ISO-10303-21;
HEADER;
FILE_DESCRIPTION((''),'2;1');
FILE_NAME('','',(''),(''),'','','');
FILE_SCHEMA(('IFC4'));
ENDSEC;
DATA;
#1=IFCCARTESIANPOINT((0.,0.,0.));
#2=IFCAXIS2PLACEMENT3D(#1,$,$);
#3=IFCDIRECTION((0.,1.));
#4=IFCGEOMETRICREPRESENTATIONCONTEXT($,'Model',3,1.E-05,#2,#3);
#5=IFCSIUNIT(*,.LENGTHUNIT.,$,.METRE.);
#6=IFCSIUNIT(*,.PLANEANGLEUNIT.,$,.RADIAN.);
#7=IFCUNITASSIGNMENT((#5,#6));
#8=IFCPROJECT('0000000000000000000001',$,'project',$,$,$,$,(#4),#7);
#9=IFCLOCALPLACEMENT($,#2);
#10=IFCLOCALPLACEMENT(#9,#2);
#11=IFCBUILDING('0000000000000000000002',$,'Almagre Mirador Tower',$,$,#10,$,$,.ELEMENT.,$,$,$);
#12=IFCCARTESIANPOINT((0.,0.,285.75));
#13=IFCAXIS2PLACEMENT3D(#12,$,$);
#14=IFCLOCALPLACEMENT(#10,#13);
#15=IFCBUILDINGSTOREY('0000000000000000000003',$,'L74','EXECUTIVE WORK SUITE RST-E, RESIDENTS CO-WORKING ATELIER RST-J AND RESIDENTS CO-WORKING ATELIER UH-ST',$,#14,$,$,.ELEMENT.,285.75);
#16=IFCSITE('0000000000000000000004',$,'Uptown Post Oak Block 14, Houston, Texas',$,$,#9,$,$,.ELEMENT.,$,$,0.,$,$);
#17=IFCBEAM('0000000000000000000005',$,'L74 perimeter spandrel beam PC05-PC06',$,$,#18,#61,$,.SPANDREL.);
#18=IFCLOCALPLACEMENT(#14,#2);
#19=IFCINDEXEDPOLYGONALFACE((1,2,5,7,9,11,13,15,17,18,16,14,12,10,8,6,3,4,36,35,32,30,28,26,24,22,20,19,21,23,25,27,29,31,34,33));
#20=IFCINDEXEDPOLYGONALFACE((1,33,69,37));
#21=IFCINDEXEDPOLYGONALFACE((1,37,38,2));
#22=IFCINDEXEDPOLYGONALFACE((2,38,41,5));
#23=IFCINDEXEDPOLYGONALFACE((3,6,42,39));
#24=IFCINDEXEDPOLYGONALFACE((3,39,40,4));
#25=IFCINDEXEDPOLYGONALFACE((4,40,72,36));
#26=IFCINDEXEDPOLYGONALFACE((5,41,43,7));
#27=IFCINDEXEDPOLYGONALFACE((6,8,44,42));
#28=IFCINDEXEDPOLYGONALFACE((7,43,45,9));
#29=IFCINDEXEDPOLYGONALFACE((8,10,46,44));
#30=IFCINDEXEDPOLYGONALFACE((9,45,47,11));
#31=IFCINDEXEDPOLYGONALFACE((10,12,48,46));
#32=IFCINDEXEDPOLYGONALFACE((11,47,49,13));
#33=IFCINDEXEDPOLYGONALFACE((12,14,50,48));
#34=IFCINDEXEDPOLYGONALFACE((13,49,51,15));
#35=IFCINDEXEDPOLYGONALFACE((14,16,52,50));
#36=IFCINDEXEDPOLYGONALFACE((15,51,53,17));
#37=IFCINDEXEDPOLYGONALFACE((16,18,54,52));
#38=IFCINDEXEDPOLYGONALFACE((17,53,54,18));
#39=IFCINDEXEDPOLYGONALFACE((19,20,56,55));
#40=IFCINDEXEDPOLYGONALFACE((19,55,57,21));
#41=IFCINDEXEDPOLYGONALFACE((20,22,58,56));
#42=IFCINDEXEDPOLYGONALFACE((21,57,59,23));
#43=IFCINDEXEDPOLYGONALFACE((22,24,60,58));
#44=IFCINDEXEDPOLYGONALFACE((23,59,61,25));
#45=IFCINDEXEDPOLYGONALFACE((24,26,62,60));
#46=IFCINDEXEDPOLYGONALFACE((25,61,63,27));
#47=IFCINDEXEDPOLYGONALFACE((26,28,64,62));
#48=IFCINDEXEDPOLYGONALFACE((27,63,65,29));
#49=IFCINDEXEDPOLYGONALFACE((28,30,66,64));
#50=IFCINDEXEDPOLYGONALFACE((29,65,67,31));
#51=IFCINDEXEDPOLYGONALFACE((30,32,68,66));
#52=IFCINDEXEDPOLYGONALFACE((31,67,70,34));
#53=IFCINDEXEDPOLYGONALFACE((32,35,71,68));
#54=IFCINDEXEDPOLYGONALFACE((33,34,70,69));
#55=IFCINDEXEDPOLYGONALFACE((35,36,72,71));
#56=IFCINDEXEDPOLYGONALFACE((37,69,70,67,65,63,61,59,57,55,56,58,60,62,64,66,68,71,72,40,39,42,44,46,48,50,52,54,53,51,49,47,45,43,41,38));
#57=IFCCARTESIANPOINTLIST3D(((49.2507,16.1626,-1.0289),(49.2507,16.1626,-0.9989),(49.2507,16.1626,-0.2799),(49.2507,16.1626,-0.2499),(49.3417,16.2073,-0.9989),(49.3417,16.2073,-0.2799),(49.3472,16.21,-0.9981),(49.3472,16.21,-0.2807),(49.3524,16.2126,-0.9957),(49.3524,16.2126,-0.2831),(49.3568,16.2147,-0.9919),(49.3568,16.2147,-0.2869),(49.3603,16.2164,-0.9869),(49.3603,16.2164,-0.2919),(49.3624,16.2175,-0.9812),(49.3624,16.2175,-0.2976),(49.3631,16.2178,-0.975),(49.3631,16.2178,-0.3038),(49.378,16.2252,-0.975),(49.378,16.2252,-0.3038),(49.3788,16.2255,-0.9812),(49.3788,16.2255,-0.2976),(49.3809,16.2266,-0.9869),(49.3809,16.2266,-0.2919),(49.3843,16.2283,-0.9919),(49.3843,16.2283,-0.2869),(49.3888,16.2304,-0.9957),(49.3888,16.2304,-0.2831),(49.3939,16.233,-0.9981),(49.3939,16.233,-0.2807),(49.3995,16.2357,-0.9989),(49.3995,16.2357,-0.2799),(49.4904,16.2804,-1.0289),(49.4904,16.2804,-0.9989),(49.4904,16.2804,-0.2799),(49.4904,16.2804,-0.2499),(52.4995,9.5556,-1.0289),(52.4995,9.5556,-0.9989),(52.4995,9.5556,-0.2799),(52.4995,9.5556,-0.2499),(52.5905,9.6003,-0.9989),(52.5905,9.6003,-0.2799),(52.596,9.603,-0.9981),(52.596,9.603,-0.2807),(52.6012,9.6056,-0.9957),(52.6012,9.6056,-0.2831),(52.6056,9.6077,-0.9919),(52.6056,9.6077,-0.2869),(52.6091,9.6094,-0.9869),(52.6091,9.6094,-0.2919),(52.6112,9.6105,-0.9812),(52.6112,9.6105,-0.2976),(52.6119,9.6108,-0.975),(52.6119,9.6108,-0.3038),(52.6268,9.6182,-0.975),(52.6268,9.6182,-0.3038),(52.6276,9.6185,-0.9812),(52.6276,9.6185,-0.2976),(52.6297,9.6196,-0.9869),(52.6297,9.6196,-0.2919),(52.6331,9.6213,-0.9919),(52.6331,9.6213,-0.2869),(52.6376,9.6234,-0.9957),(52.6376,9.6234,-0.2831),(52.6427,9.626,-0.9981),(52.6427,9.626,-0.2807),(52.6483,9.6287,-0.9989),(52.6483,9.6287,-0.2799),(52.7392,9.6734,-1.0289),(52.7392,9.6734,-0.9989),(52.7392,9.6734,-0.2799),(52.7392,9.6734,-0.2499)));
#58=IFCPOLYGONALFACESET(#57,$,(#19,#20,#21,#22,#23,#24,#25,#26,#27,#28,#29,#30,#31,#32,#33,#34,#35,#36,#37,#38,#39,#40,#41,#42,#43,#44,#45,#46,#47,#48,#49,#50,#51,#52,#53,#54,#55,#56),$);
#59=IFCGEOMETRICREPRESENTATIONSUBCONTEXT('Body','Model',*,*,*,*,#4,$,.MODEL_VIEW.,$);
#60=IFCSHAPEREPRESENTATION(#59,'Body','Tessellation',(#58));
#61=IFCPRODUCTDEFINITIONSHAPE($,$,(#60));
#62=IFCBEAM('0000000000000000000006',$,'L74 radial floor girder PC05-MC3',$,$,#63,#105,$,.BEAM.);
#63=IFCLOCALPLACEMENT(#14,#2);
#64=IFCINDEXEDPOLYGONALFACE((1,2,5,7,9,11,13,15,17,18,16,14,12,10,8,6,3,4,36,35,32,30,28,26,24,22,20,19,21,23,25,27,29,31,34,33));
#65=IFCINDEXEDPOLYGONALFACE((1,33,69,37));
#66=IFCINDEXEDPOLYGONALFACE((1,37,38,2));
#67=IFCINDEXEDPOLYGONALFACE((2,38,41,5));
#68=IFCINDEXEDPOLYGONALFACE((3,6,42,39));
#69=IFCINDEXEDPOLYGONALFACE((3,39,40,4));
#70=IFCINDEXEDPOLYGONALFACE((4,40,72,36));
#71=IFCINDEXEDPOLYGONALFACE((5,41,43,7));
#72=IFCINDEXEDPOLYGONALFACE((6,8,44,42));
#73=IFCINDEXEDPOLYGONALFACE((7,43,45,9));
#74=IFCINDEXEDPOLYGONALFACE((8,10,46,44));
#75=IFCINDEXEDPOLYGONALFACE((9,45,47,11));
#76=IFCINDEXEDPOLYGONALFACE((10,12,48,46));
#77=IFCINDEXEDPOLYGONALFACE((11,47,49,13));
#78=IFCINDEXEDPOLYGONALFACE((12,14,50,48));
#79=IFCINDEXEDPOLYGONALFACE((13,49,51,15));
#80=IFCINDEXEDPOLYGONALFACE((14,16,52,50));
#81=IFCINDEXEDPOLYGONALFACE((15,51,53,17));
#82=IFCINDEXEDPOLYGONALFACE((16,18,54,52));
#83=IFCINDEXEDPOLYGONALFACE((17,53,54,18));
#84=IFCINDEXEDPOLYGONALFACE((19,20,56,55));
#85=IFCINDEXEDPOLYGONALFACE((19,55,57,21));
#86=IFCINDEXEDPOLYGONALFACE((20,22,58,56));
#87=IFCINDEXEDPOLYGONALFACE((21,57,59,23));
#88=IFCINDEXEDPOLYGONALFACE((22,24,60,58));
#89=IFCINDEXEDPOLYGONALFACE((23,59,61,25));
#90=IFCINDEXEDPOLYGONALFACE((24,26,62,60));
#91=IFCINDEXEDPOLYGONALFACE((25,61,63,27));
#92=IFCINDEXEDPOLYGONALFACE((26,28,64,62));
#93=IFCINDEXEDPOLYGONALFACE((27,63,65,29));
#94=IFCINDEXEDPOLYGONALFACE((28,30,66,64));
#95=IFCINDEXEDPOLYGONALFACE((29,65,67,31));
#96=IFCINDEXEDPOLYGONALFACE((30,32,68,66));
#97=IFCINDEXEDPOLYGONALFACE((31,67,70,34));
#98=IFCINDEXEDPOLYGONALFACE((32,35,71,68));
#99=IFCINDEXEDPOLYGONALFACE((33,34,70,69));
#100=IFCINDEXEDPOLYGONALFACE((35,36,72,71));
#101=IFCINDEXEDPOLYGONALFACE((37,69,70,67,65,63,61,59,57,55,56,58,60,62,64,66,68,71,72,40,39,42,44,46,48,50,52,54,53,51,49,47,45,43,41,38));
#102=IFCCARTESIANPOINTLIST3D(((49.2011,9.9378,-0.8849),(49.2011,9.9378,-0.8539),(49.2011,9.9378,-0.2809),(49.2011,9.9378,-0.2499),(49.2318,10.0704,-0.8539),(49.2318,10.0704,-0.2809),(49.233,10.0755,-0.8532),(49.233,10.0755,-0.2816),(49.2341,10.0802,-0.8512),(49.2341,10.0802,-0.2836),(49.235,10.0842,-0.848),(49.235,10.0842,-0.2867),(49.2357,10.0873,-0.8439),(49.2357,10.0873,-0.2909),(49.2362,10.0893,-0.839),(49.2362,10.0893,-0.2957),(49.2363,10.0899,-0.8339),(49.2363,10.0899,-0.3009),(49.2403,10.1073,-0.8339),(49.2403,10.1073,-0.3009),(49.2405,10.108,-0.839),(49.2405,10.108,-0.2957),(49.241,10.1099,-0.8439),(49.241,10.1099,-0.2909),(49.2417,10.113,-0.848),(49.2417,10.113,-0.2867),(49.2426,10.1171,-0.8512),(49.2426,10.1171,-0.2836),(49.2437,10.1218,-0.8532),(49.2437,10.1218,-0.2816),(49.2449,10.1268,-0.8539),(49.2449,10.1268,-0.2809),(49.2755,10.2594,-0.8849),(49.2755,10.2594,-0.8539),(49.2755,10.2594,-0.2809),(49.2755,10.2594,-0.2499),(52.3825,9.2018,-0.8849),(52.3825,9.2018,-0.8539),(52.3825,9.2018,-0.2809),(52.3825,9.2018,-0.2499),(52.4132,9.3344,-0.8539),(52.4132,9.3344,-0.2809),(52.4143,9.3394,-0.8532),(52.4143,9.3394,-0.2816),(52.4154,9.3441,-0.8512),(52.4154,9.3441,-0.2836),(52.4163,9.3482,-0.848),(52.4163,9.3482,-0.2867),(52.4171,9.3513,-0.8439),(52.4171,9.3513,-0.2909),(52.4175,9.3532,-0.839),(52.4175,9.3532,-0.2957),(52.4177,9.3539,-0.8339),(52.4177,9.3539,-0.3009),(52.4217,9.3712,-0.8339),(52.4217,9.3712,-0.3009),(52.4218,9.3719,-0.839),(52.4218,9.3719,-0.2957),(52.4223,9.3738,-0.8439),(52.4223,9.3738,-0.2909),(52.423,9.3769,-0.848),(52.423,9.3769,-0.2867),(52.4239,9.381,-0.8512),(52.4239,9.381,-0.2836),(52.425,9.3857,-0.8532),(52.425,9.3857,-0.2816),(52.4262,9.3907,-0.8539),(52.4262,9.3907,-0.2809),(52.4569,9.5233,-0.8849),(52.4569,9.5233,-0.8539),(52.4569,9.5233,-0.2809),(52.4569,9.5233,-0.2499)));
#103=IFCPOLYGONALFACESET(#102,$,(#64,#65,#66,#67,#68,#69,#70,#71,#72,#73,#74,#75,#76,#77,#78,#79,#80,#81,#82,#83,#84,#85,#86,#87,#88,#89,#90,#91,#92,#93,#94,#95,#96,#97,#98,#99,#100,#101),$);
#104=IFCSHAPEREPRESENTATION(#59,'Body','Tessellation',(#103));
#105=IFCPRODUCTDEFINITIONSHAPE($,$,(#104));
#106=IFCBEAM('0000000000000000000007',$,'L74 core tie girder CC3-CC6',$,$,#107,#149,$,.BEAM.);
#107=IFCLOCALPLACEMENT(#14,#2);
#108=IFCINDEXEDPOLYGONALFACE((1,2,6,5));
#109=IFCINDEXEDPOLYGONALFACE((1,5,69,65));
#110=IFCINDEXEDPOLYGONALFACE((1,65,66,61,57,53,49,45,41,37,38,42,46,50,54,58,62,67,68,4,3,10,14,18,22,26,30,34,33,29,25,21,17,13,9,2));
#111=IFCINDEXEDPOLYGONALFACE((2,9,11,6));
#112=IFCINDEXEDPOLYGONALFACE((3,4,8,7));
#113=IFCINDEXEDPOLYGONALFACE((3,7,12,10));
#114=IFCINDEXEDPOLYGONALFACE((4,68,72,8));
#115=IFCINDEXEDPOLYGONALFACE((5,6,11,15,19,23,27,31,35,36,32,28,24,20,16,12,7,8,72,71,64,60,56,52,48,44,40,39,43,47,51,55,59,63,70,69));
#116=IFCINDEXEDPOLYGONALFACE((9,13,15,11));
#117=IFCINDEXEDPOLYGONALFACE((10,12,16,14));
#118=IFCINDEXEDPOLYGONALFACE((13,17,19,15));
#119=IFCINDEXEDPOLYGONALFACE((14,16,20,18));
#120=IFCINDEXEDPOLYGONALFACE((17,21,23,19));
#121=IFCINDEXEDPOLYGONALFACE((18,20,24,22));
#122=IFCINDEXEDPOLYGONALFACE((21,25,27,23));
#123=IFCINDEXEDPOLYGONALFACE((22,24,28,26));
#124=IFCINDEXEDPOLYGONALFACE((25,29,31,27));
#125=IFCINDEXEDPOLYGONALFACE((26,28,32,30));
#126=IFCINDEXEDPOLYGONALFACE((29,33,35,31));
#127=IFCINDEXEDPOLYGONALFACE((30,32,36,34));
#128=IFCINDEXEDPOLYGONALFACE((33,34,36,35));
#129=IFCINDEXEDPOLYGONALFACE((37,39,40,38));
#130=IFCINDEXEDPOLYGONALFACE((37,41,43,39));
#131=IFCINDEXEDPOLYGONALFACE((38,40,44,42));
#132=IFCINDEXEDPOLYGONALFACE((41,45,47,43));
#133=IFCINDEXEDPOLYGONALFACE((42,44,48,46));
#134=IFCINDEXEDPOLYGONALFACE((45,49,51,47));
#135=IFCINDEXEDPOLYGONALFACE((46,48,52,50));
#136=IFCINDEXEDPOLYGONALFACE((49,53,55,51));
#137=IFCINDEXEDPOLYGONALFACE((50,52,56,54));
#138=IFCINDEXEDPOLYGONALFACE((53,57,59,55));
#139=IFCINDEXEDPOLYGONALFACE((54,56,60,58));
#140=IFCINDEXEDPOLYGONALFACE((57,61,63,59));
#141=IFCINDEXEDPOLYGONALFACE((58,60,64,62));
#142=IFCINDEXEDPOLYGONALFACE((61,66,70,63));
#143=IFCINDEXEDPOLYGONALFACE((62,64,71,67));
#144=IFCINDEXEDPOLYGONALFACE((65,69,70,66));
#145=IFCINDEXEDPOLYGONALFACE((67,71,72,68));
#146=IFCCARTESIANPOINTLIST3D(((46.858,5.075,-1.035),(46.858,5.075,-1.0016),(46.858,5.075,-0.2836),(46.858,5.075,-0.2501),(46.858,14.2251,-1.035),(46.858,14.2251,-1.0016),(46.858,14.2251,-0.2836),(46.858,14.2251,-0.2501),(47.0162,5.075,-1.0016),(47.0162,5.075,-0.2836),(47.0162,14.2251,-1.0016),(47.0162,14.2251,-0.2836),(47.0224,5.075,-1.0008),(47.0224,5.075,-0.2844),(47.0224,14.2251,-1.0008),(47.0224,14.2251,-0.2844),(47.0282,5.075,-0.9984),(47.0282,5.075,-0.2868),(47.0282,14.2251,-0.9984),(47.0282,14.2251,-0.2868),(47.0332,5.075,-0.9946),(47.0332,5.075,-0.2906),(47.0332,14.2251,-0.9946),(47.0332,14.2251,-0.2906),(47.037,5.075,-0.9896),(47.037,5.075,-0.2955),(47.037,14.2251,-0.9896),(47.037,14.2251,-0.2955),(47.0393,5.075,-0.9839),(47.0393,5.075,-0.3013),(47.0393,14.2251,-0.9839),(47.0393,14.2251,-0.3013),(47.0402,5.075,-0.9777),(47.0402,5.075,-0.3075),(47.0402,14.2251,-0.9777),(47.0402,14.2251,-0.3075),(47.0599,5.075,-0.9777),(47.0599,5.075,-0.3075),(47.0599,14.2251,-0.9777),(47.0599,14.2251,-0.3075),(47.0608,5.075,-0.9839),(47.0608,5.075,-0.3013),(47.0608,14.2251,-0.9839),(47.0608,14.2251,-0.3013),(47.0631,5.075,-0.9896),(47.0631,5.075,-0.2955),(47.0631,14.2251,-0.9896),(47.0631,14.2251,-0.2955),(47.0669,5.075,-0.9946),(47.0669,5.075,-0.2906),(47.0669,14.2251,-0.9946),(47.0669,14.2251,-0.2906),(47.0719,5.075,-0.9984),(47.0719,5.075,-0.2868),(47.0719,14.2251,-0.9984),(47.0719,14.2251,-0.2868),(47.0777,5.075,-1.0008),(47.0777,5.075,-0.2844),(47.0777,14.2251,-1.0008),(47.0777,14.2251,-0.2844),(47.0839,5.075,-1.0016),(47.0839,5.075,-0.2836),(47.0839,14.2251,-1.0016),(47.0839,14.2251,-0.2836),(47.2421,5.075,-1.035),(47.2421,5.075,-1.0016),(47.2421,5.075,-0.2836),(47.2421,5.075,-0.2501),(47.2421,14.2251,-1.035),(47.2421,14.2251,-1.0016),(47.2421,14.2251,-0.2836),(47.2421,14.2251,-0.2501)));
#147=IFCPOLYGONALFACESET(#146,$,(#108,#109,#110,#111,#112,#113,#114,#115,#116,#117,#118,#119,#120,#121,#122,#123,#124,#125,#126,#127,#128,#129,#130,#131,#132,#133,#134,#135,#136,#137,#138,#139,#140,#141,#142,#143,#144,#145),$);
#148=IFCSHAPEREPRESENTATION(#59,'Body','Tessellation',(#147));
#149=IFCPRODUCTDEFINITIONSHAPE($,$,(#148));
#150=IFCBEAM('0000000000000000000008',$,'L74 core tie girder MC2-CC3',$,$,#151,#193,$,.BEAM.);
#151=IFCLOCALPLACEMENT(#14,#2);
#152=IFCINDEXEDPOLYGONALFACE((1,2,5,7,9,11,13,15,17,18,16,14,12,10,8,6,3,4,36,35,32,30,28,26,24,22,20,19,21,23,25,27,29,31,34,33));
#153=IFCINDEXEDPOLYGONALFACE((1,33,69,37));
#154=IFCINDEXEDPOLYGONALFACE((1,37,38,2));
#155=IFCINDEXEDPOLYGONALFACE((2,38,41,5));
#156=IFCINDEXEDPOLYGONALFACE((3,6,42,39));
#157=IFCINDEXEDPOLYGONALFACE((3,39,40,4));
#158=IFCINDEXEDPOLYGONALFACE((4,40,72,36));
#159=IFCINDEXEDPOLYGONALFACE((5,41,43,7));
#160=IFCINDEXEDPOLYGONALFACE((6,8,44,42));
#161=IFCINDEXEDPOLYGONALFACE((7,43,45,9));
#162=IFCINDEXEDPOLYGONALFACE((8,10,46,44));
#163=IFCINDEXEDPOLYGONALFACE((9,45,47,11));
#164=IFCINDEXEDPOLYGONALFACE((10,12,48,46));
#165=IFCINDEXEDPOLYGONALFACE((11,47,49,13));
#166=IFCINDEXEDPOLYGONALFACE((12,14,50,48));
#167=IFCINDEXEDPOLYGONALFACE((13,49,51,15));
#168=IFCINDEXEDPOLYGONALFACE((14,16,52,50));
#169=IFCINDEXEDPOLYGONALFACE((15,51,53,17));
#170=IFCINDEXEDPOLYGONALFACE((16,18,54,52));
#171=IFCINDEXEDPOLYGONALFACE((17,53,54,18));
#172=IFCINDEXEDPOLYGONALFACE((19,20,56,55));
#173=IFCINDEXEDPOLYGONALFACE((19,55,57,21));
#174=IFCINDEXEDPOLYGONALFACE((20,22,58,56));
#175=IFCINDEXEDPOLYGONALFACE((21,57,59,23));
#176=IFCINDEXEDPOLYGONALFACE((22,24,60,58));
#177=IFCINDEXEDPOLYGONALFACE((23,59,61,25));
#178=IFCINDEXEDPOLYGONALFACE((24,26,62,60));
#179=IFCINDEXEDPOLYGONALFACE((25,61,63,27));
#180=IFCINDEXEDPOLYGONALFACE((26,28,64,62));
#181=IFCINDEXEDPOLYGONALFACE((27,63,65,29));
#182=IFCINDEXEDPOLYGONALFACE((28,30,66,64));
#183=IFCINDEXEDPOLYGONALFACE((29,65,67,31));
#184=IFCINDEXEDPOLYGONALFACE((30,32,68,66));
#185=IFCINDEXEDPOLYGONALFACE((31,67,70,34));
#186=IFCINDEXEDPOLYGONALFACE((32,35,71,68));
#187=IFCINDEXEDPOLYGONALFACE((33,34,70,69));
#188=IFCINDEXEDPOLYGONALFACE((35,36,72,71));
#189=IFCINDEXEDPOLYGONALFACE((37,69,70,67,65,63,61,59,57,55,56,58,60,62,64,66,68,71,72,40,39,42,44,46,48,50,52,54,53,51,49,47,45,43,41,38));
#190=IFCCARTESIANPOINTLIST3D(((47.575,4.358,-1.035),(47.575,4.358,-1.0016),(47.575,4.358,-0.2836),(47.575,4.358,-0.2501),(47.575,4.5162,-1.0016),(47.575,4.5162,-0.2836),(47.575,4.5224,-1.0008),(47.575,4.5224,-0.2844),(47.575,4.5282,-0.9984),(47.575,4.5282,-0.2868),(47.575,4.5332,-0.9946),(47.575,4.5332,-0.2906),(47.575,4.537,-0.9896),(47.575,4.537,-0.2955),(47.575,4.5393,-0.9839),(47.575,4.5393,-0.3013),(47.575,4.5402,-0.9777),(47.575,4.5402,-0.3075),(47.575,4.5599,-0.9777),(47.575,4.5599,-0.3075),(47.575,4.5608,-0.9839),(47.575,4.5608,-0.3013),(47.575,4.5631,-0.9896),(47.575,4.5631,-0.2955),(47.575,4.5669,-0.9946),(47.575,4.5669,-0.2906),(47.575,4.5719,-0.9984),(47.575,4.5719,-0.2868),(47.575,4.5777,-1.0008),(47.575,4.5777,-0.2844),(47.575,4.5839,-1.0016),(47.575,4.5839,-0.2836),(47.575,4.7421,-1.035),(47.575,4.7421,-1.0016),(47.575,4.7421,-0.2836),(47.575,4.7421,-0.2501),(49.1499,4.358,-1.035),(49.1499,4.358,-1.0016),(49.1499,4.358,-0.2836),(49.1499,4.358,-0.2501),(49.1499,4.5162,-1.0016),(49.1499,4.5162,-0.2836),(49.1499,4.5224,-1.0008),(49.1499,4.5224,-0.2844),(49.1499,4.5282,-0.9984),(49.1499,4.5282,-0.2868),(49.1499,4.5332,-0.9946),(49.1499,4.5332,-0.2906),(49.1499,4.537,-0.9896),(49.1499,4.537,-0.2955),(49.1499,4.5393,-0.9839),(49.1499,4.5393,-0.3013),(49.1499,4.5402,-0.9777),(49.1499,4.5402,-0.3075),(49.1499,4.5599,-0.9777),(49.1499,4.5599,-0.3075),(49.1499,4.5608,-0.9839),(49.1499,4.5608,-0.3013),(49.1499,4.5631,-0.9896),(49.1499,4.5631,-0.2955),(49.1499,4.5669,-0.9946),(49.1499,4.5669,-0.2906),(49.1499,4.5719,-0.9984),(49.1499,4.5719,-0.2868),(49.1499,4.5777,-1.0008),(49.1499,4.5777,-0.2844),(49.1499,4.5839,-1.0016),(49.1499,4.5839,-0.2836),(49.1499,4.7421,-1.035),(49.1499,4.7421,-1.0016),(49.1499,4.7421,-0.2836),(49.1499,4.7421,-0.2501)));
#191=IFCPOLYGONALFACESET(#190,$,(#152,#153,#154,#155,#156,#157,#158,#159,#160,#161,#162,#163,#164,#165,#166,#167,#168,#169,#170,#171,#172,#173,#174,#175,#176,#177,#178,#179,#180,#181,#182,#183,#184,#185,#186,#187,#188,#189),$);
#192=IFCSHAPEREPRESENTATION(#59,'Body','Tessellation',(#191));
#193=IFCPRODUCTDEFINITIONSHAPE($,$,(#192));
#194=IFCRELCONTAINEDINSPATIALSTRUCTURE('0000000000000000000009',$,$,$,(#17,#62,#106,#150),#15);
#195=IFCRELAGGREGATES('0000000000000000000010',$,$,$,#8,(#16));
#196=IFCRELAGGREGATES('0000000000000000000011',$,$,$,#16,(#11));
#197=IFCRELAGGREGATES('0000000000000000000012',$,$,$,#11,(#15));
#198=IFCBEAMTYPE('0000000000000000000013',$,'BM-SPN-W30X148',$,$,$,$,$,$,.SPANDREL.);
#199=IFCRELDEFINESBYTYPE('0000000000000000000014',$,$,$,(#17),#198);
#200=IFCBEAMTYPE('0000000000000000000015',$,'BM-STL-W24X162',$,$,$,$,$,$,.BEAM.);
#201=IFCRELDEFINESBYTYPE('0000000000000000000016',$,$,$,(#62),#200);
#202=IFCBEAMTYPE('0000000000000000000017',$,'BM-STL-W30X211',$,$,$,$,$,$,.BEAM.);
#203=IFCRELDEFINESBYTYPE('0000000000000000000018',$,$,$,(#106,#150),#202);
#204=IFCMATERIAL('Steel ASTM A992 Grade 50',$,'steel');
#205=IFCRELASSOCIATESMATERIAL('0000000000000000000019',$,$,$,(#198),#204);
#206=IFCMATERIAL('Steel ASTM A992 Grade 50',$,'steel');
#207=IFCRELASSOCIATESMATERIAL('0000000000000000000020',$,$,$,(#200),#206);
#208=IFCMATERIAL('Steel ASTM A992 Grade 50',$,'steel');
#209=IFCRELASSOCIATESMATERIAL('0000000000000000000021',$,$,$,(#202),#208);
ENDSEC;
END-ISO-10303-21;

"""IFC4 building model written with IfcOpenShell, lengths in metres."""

from ifc_helpers import new_model, si_unit, direction, frame, origin, origin_2d, place, context, subcontext, project, spatial, i_section, extrude, material, material_profile, profile_set, type_object, element, save


model = new_model("IFC4")

# Units and contexts
model_context = context("Model", 3, precision=1e-05, world=origin(), true_north=direction((0.0, 1.0)))
body_context = subcontext(model_context, "Body", "Model", "MODEL_VIEW")
ifc_project = project(units=[si_unit("LENGTHUNIT", "METRE"), si_unit("PLANEANGLEUNIT", "RADIAN")], contexts=[model_context])

# Site, building, storey
site_placement = place(None, origin())
site = spatial("IfcSite", under=ifc_project, at=site_placement, Name="Uptown Post Oak Block 14, Houston, Texas", CompositionType="ELEMENT", RefElevation=0.0)
building_placement = place(site_placement, origin())
building = spatial("IfcBuilding", under=site, at=building_placement, Name="Almagre Mirador Tower", CompositionType="ELEMENT")
storey_placement = place(building_placement, frame((0.0, 0.0, 285.75)))
storey = spatial("IfcBuildingStorey", under=building, at=storey_placement, Name="L74", Description="EXECUTIVE WORK SUITE RST-E, RESIDENTS CO-WORKING ATELIER RST-J AND RESIDENTS CO-WORKING ATELIER UH-ST", CompositionType="ELEMENT", Elevation=285.75)

# Beams
ifc_material_1 = material(Name="Steel ASTM A992 Grade 50", Category="steel")
ifc_material_profile_1 = material_profile(ifc_material_1, i_section(OverallWidth=0.2671, OverallDepth=0.7791, WebThickness=0.0166, FlangeThickness=0.03, FilletRadius=0.0239, at=origin_2d()), Name="W30X148")
ifc_profile_set_1 = profile_set([ifc_material_profile_1], Name="Steel ASTM A992 Grade 50")
beam_type_1 = type_object("IfcBeamType", Name="BM-SPN-W30X148", PredefinedType="SPANDREL", material=ifc_profile_set_1)
beam_1_placement = place(storey_placement, frame((52.6194, 9.6145, -0.6394), z_axis=(-0.441261, 0.897379, 0.0), x_axis=(-0.897379, -0.441261, 0.0)))
element("IfcBeam", 1, at=beam_1_placement, inside=storey, type_object=beam_type_1, Name="L74 perimeter spandrel beam PC05-PC06", PredefinedType="SPANDREL", context=body_context, shape_type="SweptSolid", body=[
    extrude(i_section(OverallWidth=0.2671, OverallDepth=0.7791, WebThickness=0.0166, FlangeThickness=0.03, FilletRadius=0.0239, at=origin_2d()), origin(), (0.0, 0.0, 1.0), 7.3625),
])
ifc_material_2 = material(Name="Steel ASTM A992 Grade 50", Category="steel")
ifc_material_profile_2 = material_profile(ifc_material_2, i_section(OverallWidth=0.3301, OverallDepth=0.635, WebThickness=0.0178, FlangeThickness=0.031, FilletRadius=0.02, at=origin_2d()), Name="W24X162")
ifc_profile_set_2 = profile_set([ifc_material_profile_2], Name="Steel ASTM A992 Grade 50")
beam_type_2 = type_object("IfcBeamType", Name="BM-STL-W24X162", PredefinedType="BEAM", material=ifc_profile_set_2)
beam_2_placement = place(storey_placement, frame((52.4197, 9.3625, -0.5674), z_axis=(-0.974263, 0.225416, 0.0), x_axis=(-0.225416, -0.974263, 0.0)))
element("IfcBeam", 2, at=beam_2_placement, inside=storey, type_object=beam_type_2, Name="L74 radial floor girder PC05-MC3", PredefinedType="BEAM", context=body_context, shape_type="SweptSolid", body=[
    extrude(i_section(OverallWidth=0.3301, OverallDepth=0.635, WebThickness=0.0178, FlangeThickness=0.031, FilletRadius=0.02, at=origin_2d()), origin(), (0.0, 0.0, 1.0), 3.2654),
])
ifc_material_3 = material(Name="Steel ASTM A992 Grade 50", Category="steel")
ifc_material_profile_3 = material_profile(ifc_material_3, i_section(OverallWidth=0.384, OverallDepth=0.7849, WebThickness=0.0198, FlangeThickness=0.0334, FilletRadius=0.0239, at=origin_2d()), Name="W30X211")
ifc_profile_set_3 = profile_set([ifc_material_profile_3], Name="Steel ASTM A992 Grade 50")
beam_type_3 = type_object("IfcBeamType", Name="BM-STL-W30X211", PredefinedType="BEAM", material=ifc_profile_set_3)
beam_3_placement = place(storey_placement, frame((47.05, 5.075, -0.6426), z_axis=(0.0, 1.0, 0.0), x_axis=(-1.0, 0.0, 0.0)))
element("IfcBeam", 3, at=beam_3_placement, inside=storey, type_object=beam_type_3, Name="L74 core tie girder CC3-CC6", PredefinedType="BEAM", context=body_context, shape_type="SweptSolid", body=[
    extrude(i_section(OverallWidth=0.384, OverallDepth=0.7849, WebThickness=0.0198, FlangeThickness=0.0334, FilletRadius=0.0239, at=origin_2d()), origin(), (0.0, 0.0, 1.0), 9.1501),
])
beam_4_placement = place(storey_placement, frame((49.1499, 4.55, -0.6426), z_axis=(-1.0, 0.0, 0.0), x_axis=(0.0, -1.0, 0.0)))
element("IfcBeam", 4, at=beam_4_placement, inside=storey, type_object=beam_type_3, Name="L74 core tie girder MC2-CC3", PredefinedType="BEAM", context=body_context, shape_type="SweptSolid", body=[
    extrude(i_section(OverallWidth=0.384, OverallDepth=0.7849, WebThickness=0.0198, FlangeThickness=0.0334, FilletRadius=0.0239, at=origin_2d()), origin(), (0.0, 0.0, 1.0), 1.575),
])

save(model, "model.ifc")
